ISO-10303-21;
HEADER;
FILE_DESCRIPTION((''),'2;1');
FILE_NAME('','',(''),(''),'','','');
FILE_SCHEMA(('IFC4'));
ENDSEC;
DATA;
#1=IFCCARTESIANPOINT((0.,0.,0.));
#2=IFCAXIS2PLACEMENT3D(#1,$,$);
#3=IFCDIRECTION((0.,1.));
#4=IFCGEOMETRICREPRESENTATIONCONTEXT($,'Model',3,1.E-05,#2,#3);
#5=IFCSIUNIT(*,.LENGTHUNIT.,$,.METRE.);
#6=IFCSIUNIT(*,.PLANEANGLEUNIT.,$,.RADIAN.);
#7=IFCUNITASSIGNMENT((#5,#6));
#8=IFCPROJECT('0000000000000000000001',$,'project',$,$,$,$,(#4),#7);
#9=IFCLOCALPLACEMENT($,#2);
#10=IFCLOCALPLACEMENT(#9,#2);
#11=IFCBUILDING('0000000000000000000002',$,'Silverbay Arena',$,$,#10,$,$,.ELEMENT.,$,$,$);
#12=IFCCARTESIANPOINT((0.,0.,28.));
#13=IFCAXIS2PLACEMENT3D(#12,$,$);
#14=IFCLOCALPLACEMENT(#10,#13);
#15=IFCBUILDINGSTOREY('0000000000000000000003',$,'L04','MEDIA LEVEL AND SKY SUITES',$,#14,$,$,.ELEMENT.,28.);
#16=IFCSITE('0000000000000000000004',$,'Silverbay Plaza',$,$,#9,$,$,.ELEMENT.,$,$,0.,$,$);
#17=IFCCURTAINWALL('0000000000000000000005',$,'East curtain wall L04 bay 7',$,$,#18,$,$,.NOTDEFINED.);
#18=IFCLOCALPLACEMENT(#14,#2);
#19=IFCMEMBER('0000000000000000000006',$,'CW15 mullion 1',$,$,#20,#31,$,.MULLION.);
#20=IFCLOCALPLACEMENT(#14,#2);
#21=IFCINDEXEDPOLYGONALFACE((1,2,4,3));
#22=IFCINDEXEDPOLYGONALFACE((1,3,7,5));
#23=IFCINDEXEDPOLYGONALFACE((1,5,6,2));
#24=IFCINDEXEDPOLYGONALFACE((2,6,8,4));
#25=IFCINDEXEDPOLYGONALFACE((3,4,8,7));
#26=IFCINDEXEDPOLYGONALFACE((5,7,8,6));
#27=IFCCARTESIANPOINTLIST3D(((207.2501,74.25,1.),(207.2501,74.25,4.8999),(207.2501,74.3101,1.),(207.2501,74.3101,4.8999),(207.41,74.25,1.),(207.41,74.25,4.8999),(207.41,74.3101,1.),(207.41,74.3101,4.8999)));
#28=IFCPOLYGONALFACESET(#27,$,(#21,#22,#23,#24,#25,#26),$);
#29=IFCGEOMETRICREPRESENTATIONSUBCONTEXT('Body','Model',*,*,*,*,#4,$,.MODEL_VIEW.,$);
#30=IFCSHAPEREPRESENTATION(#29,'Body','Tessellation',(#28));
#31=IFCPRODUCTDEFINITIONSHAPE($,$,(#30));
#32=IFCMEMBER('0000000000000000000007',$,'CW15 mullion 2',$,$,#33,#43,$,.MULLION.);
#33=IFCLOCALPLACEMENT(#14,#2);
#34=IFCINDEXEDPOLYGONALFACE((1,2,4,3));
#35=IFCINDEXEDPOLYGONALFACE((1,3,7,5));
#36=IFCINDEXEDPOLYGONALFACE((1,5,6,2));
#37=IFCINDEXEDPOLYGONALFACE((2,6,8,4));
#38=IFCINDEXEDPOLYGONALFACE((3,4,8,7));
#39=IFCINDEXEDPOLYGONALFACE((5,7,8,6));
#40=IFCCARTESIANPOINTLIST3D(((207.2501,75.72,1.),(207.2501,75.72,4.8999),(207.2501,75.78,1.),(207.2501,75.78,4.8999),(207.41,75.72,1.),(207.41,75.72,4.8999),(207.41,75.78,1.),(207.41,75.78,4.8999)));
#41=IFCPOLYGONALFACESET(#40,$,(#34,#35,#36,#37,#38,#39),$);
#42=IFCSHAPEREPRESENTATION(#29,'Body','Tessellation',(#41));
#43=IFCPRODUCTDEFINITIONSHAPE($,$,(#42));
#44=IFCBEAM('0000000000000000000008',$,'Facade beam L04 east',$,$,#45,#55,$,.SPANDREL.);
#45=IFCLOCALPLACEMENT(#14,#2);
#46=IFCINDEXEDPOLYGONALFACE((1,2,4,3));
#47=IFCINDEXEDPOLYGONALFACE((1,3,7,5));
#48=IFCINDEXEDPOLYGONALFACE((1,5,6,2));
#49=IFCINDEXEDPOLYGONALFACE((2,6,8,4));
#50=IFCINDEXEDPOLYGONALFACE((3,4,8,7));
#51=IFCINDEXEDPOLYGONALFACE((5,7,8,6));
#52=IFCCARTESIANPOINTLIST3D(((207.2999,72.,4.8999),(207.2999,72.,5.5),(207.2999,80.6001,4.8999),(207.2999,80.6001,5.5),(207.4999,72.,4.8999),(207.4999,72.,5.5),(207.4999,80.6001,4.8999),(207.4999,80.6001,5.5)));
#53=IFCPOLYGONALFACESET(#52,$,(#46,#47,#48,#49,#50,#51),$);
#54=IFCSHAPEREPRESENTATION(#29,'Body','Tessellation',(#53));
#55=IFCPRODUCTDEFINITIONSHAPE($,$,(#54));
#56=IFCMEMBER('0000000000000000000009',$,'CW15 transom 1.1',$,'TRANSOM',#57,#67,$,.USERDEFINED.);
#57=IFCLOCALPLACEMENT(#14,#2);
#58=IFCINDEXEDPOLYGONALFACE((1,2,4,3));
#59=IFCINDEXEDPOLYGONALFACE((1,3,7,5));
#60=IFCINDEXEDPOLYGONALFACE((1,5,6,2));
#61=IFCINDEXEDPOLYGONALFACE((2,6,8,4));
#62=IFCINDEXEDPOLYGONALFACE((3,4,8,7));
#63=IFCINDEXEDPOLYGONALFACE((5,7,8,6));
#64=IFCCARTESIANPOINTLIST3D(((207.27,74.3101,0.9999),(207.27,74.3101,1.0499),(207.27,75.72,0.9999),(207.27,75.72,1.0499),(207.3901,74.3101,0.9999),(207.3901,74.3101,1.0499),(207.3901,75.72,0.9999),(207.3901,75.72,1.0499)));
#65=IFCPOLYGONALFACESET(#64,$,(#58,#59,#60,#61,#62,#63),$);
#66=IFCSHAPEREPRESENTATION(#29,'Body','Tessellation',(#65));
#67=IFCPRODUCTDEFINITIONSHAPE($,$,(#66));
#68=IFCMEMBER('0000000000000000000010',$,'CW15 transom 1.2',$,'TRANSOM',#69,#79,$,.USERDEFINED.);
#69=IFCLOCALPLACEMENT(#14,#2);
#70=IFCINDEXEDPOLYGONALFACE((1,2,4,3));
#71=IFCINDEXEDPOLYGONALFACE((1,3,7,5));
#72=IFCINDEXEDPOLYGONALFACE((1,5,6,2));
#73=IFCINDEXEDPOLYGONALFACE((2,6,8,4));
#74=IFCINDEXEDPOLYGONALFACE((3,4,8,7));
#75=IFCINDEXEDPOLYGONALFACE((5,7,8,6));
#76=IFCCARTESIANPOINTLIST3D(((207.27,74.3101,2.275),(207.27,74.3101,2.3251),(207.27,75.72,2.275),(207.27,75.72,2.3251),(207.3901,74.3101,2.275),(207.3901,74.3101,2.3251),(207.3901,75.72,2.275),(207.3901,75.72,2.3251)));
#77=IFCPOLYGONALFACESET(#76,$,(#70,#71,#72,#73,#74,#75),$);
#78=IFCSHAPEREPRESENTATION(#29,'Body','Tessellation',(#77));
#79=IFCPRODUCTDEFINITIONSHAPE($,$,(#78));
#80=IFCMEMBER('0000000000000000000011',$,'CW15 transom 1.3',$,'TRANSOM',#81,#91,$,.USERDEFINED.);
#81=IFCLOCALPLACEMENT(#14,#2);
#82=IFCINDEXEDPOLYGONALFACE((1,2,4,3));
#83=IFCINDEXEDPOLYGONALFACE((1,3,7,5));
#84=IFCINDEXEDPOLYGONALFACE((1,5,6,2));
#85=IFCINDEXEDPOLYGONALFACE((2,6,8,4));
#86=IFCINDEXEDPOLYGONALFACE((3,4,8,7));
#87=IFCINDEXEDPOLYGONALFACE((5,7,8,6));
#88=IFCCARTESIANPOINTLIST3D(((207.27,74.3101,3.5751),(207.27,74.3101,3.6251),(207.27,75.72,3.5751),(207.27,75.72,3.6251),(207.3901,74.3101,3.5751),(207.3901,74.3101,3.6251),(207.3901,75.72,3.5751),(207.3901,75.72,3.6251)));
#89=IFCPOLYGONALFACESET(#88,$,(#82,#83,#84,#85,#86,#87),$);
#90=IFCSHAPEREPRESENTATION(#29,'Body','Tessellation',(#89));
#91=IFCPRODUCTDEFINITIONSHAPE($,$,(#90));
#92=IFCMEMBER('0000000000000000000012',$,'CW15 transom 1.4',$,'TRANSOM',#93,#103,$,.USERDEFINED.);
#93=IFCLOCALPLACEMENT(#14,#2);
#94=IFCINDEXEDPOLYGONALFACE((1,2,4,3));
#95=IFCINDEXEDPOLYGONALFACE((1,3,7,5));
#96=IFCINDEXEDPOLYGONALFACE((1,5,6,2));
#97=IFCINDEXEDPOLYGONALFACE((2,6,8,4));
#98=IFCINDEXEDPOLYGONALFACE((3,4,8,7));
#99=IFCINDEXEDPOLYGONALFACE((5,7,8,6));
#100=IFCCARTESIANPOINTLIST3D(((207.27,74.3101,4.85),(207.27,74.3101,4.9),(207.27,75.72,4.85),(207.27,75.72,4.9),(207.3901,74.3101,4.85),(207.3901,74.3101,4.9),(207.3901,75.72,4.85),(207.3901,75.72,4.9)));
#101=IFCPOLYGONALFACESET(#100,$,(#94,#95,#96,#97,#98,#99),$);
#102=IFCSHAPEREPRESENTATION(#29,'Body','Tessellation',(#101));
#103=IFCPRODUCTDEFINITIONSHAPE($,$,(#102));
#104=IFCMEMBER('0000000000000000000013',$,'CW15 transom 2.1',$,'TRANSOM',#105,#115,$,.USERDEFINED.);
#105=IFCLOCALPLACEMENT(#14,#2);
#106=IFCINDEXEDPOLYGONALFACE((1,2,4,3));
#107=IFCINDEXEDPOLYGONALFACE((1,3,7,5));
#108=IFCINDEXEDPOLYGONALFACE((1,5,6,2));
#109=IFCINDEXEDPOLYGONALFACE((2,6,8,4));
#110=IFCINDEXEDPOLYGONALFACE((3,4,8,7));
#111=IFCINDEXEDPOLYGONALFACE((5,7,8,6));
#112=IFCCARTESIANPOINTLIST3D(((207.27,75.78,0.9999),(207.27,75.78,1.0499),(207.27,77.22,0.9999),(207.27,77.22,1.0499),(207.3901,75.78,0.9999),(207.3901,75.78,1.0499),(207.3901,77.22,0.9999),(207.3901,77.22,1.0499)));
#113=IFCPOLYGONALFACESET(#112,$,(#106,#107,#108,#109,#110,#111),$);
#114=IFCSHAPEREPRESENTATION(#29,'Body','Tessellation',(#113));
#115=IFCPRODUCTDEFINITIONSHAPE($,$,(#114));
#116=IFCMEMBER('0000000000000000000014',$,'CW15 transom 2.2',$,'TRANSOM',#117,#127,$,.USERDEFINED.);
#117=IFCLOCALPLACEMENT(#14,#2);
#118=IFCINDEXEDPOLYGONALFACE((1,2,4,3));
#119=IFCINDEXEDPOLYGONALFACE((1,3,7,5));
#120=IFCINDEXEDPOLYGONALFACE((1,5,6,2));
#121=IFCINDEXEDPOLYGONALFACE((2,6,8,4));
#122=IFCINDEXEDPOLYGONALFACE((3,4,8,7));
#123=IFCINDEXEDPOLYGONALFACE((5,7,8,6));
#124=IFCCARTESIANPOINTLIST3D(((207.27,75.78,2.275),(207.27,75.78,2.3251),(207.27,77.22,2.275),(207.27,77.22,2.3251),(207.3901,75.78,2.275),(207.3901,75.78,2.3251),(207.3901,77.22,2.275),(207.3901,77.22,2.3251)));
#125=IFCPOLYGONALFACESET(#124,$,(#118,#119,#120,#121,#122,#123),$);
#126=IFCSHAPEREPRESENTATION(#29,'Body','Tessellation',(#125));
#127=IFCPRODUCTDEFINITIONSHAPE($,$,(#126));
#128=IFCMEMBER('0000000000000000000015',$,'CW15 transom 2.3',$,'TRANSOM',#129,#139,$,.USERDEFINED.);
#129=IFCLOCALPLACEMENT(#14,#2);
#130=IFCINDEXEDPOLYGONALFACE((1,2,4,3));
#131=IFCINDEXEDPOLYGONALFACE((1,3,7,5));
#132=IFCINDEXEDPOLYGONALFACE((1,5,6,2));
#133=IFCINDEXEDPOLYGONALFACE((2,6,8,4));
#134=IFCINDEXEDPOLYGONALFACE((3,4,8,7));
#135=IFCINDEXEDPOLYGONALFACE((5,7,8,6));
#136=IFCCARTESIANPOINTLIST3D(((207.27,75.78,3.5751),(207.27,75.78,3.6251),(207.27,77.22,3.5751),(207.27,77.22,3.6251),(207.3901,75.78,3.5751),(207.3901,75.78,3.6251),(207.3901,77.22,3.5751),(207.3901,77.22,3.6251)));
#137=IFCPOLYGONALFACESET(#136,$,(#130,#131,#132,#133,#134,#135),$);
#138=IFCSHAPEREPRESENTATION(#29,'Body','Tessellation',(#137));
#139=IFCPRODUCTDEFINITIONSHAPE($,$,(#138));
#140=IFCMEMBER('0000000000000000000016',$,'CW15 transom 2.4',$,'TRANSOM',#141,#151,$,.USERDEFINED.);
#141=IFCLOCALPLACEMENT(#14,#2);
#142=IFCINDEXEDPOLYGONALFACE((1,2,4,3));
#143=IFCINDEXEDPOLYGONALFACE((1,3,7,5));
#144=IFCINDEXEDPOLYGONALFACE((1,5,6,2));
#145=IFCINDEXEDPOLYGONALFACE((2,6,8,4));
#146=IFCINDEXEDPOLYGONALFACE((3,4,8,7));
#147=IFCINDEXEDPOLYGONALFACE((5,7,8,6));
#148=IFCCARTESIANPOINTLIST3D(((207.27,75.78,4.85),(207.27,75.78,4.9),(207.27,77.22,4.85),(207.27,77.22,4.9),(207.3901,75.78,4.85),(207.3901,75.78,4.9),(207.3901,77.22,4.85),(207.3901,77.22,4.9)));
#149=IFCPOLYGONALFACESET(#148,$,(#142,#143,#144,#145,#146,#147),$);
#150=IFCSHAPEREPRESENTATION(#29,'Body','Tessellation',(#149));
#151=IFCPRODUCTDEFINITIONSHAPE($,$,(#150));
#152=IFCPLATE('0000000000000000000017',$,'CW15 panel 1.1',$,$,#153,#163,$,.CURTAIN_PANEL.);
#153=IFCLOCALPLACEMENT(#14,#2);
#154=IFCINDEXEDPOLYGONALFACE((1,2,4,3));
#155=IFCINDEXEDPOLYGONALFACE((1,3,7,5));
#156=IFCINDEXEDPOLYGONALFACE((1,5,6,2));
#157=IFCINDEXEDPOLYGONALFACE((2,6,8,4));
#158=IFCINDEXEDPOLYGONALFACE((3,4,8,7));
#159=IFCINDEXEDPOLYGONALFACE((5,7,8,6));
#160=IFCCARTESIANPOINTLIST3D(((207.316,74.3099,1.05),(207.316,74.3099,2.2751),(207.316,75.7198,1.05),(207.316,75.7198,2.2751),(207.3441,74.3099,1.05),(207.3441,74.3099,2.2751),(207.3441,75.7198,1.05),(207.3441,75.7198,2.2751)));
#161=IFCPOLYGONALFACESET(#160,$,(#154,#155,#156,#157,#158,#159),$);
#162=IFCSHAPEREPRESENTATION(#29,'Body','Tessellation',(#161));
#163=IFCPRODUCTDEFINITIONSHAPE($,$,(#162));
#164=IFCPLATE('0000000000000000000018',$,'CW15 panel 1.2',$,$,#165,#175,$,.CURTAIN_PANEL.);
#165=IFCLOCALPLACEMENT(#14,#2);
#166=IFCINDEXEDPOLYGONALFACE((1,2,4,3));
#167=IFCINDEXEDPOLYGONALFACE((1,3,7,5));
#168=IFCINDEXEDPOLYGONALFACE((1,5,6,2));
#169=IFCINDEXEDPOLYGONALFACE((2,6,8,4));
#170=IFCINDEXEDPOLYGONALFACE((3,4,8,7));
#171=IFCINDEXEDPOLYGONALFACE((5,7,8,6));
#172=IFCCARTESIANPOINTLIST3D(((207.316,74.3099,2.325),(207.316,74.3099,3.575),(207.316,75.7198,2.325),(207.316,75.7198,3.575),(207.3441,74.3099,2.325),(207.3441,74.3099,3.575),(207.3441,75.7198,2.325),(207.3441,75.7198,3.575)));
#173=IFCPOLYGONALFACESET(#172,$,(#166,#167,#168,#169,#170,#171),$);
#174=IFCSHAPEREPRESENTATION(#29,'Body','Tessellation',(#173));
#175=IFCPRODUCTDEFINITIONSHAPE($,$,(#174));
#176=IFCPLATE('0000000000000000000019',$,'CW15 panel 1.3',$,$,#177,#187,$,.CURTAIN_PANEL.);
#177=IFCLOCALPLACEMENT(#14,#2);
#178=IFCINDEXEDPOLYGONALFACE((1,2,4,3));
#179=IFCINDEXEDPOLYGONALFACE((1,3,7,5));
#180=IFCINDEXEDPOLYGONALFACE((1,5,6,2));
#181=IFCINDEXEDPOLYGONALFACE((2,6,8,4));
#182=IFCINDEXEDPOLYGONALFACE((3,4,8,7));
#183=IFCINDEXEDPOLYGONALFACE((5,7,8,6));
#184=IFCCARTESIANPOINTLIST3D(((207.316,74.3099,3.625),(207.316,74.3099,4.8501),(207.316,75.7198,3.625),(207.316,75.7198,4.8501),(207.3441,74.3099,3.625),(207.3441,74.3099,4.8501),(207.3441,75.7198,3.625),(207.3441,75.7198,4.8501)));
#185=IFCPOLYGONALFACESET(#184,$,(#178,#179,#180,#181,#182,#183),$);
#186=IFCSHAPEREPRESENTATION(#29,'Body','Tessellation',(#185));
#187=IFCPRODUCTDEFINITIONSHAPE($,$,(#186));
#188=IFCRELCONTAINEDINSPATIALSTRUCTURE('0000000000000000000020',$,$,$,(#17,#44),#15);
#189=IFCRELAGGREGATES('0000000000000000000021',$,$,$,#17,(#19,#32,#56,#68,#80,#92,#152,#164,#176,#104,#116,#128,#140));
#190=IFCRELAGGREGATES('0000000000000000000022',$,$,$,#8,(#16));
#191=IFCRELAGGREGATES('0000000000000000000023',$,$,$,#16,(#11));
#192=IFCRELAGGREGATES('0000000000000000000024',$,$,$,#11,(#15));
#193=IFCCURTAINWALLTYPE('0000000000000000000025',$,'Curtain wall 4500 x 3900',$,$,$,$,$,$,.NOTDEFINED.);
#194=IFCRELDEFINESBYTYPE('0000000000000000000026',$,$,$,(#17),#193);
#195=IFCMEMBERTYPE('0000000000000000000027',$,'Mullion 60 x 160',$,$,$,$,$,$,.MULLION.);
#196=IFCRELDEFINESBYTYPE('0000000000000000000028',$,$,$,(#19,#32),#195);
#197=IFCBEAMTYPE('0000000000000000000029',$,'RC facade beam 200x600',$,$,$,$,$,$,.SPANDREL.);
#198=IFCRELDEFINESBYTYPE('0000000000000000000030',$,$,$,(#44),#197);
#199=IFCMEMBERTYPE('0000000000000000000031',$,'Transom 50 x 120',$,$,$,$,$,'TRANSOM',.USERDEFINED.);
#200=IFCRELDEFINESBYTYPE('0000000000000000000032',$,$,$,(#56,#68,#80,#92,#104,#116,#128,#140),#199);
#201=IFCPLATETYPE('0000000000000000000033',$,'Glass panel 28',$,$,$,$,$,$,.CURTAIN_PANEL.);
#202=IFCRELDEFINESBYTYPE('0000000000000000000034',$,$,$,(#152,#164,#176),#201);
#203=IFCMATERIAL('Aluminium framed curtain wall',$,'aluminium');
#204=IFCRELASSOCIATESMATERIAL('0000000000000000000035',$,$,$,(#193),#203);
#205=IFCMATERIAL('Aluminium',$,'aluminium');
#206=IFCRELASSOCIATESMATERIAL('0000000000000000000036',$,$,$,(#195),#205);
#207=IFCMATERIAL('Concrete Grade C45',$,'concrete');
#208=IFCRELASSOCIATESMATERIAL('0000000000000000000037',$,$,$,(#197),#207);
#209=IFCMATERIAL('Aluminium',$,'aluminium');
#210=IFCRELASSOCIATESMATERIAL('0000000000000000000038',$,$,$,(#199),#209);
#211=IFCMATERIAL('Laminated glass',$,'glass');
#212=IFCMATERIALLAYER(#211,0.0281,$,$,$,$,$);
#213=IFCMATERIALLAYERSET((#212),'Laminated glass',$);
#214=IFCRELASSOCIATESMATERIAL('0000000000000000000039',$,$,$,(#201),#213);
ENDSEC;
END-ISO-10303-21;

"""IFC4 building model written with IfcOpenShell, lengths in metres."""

from ifc_helpers import new_model, si_unit, direction, frame, origin, origin_2d, place, context, subcontext, project, spatial, rectangle, extrude, material, layer, layer_set, material_profile, profile_set, type_object, element, aggregate, save


model = new_model("IFC4")

# Units and contexts
model_context = context("Model", 3, precision=1e-05, world=origin(), true_north=direction((0.0, 1.0)))
body_context = subcontext(model_context, "Body", "Model", "MODEL_VIEW")
ifc_project = project(units=[si_unit("LENGTHUNIT", "METRE"), si_unit("PLANEANGLEUNIT", "RADIAN")], contexts=[model_context])

# Site, building, storey
site_placement = place(None, origin())
site = spatial("IfcSite", under=ifc_project, at=site_placement, Name="Silverbay Plaza", CompositionType="ELEMENT", RefElevation=0.0)
building_placement = place(site_placement, origin())
building = spatial("IfcBuilding", under=site, at=building_placement, Name="Silverbay Arena", CompositionType="ELEMENT")
storey_placement = place(building_placement, frame((0.0, 0.0, 28.0)))
storey = spatial("IfcBuildingStorey", under=building, at=storey_placement, Name="L04", Description="MEDIA LEVEL AND SKY SUITES", CompositionType="ELEMENT", Elevation=28.0)

# Curtain wall, members
ifc_material_1 = material(Name="Aluminium framed curtain wall", Category="aluminium")
curtain_wall_type = type_object("IfcCurtainWallType", Name="Curtain wall 4500 x 3900", PredefinedType="NOTDEFINED", material=ifc_material_1)
curtain_wall_placement = place(storey_placement, origin())
curtain_wall = element("IfcCurtainWall", 1, at=curtain_wall_placement, inside=storey, type_object=curtain_wall_type, Name="East curtain wall L04 bay 7", PredefinedType="NOTDEFINED")
ifc_material_2 = material(Name="Aluminium", Category="aluminium")
ifc_material_profile_1 = material_profile(ifc_material_2, rectangle(XDim=0.1599, YDim=0.0601, at=origin_2d()), Name="Mullion 60 x 160")
ifc_profile_set_1 = profile_set([ifc_material_profile_1], Name="Aluminium")
member_type_1 = type_object("IfcMemberType", Name="Mullion 60 x 160", PredefinedType="MULLION", material=ifc_profile_set_1)
member_1_placement = place(storey_placement, frame((207.3301, 74.28, 1.0), z_axis=(0.0, 0.0, 1.0), x_axis=(-1.0, 0.0, 0.0)))
member_1 = element("IfcMember", 2, at=member_1_placement, type_object=member_type_1, Name="CW15 mullion 1", PredefinedType="MULLION", context=body_context, shape_type="SweptSolid", body=[
    extrude(rectangle(XDim=0.1599, YDim=0.0601, at=origin_2d()), origin(), (0.0, 0.0, 1.0), 3.8999),
])
member_2_placement = place(storey_placement, frame((207.3301, 75.75, 1.0), z_axis=(0.0, 0.0, 1.0), x_axis=(-1.0, 0.0, 0.0)))
member_2 = element("IfcMember", 3, at=member_2_placement, type_object=member_type_1, Name="CW15 mullion 2", PredefinedType="MULLION", context=body_context, shape_type="SweptSolid", body=[
    extrude(rectangle(XDim=0.1599, YDim=0.0601, at=origin_2d()), origin(), (0.0, 0.0, 1.0), 3.8999),
])

# Beam
ifc_material_3 = material(Name="Concrete Grade C45", Category="concrete")
ifc_material_profile_2 = material_profile(ifc_material_3, rectangle(XDim=0.2, YDim=0.6001, at=origin_2d()), Name="RC 200x600")
ifc_profile_set_2 = profile_set([ifc_material_profile_2], Name="Concrete Grade C45")
beam_type = type_object("IfcBeamType", Name="RC facade beam 200x600", PredefinedType="SPANDREL", material=ifc_profile_set_2)
beam_placement = place(storey_placement, frame((207.3999, 72.0, 5.2), z_axis=(0.0, 1.0, 0.0), x_axis=(-1.0, 0.0, 0.0)))
element("IfcBeam", 4, at=beam_placement, inside=storey, type_object=beam_type, Name="Facade beam L04 east", PredefinedType="SPANDREL", context=body_context, shape_type="SweptSolid", body=[
    extrude(rectangle(XDim=0.2, YDim=0.6001, at=origin_2d()), origin(), (0.0, 0.0, 1.0), 8.6001),
])

# Members
ifc_material_4 = material(Name="Aluminium", Category="aluminium")
ifc_material_profile_3 = material_profile(ifc_material_4, rectangle(XDim=0.1201, YDim=0.05, at=origin_2d()), Name="Transom 50 x 120")
ifc_profile_set_3 = profile_set([ifc_material_profile_3], Name="Aluminium")
member_type_2 = type_object("IfcMemberType", Name="Transom 50 x 120", ElementType="TRANSOM", PredefinedType="USERDEFINED", material=ifc_profile_set_3)
member_3_placement = place(storey_placement, frame((207.3301, 74.3101, 1.0249), z_axis=(0.0, 1.0, 0.0), x_axis=(-1.0, 0.0, 0.0)))
member_3 = element("IfcMember", 5, at=member_3_placement, type_object=member_type_2, Name="CW15 transom 1.1", ObjectType="TRANSOM", PredefinedType="USERDEFINED", context=body_context, shape_type="SweptSolid", body=[
    extrude(rectangle(XDim=0.1201, YDim=0.05, at=origin_2d()), origin(), (0.0, 0.0, 1.0), 1.4099),
])
member_4_placement = place(storey_placement, frame((207.3301, 74.3101, 2.3), z_axis=(0.0, 1.0, 0.0), x_axis=(-1.0, 0.0, 0.0)))
member_4 = element("IfcMember", 6, at=member_4_placement, type_object=member_type_2, Name="CW15 transom 1.2", ObjectType="TRANSOM", PredefinedType="USERDEFINED", context=body_context, shape_type="SweptSolid", body=[
    extrude(rectangle(XDim=0.1201, YDim=0.05, at=origin_2d()), origin(), (0.0, 0.0, 1.0), 1.4099),
])
member_5_placement = place(storey_placement, frame((207.3301, 74.3101, 3.6001), z_axis=(0.0, 1.0, 0.0), x_axis=(-1.0, 0.0, 0.0)))
member_5 = element("IfcMember", 7, at=member_5_placement, type_object=member_type_2, Name="CW15 transom 1.3", ObjectType="TRANSOM", PredefinedType="USERDEFINED", context=body_context, shape_type="SweptSolid", body=[
    extrude(rectangle(XDim=0.1201, YDim=0.05, at=origin_2d()), origin(), (0.0, 0.0, 1.0), 1.4099),
])
member_6_placement = place(storey_placement, frame((207.3301, 74.3101, 4.875), z_axis=(0.0, 1.0, 0.0), x_axis=(-1.0, 0.0, 0.0)))
member_6 = element("IfcMember", 8, at=member_6_placement, type_object=member_type_2, Name="CW15 transom 1.4", ObjectType="TRANSOM", PredefinedType="USERDEFINED", context=body_context, shape_type="SweptSolid", body=[
    extrude(rectangle(XDim=0.1201, YDim=0.05, at=origin_2d()), origin(), (0.0, 0.0, 1.0), 1.4099),
])
member_7_placement = place(storey_placement, frame((207.3301, 75.78, 1.0249), z_axis=(0.0, 1.0, 0.0), x_axis=(-1.0, 0.0, 0.0)))
member_7 = element("IfcMember", 9, at=member_7_placement, type_object=member_type_2, Name="CW15 transom 2.1", ObjectType="TRANSOM", PredefinedType="USERDEFINED", context=body_context, shape_type="SweptSolid", body=[
    extrude(rectangle(XDim=0.1201, YDim=0.05, at=origin_2d()), origin(), (0.0, 0.0, 1.0), 1.4399),
])
member_8_placement = place(storey_placement, frame((207.3301, 75.78, 2.3), z_axis=(0.0, 1.0, 0.0), x_axis=(-1.0, 0.0, 0.0)))
member_8 = element("IfcMember", 10, at=member_8_placement, type_object=member_type_2, Name="CW15 transom 2.2", ObjectType="TRANSOM", PredefinedType="USERDEFINED", context=body_context, shape_type="SweptSolid", body=[
    extrude(rectangle(XDim=0.1201, YDim=0.05, at=origin_2d()), origin(), (0.0, 0.0, 1.0), 1.4399),
])
member_9_placement = place(storey_placement, frame((207.3301, 75.78, 3.6001), z_axis=(0.0, 1.0, 0.0), x_axis=(-1.0, 0.0, 0.0)))
member_9 = element("IfcMember", 11, at=member_9_placement, type_object=member_type_2, Name="CW15 transom 2.3", ObjectType="TRANSOM", PredefinedType="USERDEFINED", context=body_context, shape_type="SweptSolid", body=[
    extrude(rectangle(XDim=0.1201, YDim=0.05, at=origin_2d()), origin(), (0.0, 0.0, 1.0), 1.4399),
])
member_10_placement = place(storey_placement, frame((207.3301, 75.78, 4.875), z_axis=(0.0, 1.0, 0.0), x_axis=(-1.0, 0.0, 0.0)))
member_10 = element("IfcMember", 12, at=member_10_placement, type_object=member_type_2, Name="CW15 transom 2.4", ObjectType="TRANSOM", PredefinedType="USERDEFINED", context=body_context, shape_type="SweptSolid", body=[
    extrude(rectangle(XDim=0.1201, YDim=0.05, at=origin_2d()), origin(), (0.0, 0.0, 1.0), 1.4399),
])

# Plates
ifc_material_5 = material(Name="Laminated glass", Category="glass")
ifc_layer_1 = layer(ifc_material_5, 0.0281)
ifc_layer_set_1 = layer_set([ifc_layer_1], Name="Laminated glass")
plate_type = type_object("IfcPlateType", Name="Glass panel 28", PredefinedType="CURTAIN_PANEL", material=ifc_layer_set_1)
plate_1_placement = place(storey_placement, frame((207.3301, 75.0149, 1.05), z_axis=(0.0, 0.0, 1.0), x_axis=(0.0, 1.0, 0.0)))
plate_1 = element("IfcPlate", 13, at=plate_1_placement, type_object=plate_type, Name="CW15 panel 1.1", PredefinedType="CURTAIN_PANEL", context=body_context, shape_type="SweptSolid", body=[
    extrude(rectangle(XDim=1.4099, YDim=0.0281, at=origin_2d()), origin(), (0.0, 0.0, 1.0), 1.2251),
])
plate_2_placement = place(storey_placement, frame((207.3301, 75.0149, 2.325), z_axis=(0.0, 0.0, 1.0), x_axis=(0.0, 1.0, 0.0)))
plate_2 = element("IfcPlate", 14, at=plate_2_placement, type_object=plate_type, Name="CW15 panel 1.2", PredefinedType="CURTAIN_PANEL", context=body_context, shape_type="SweptSolid", body=[
    extrude(rectangle(XDim=1.4099, YDim=0.0281, at=origin_2d()), origin(), (0.0, 0.0, 1.0), 1.25),
])
plate_3_placement = place(storey_placement, frame((207.3301, 75.0149, 3.625), z_axis=(0.0, 0.0, 1.0), x_axis=(0.0, 1.0, 0.0)))
plate_3 = element("IfcPlate", 15, at=plate_3_placement, type_object=plate_type, Name="CW15 panel 1.3", PredefinedType="CURTAIN_PANEL", context=body_context, shape_type="SweptSolid", body=[
    extrude(rectangle(XDim=1.4099, YDim=0.0281, at=origin_2d()), origin(), (0.0, 0.0, 1.0), 1.2251),
])
aggregate(curtain_wall, [member_1, member_2, member_3, member_4, member_5, member_6, plate_1, plate_2, plate_3, member_7, member_8, member_9, member_10])

save(model, "model.ifc")
